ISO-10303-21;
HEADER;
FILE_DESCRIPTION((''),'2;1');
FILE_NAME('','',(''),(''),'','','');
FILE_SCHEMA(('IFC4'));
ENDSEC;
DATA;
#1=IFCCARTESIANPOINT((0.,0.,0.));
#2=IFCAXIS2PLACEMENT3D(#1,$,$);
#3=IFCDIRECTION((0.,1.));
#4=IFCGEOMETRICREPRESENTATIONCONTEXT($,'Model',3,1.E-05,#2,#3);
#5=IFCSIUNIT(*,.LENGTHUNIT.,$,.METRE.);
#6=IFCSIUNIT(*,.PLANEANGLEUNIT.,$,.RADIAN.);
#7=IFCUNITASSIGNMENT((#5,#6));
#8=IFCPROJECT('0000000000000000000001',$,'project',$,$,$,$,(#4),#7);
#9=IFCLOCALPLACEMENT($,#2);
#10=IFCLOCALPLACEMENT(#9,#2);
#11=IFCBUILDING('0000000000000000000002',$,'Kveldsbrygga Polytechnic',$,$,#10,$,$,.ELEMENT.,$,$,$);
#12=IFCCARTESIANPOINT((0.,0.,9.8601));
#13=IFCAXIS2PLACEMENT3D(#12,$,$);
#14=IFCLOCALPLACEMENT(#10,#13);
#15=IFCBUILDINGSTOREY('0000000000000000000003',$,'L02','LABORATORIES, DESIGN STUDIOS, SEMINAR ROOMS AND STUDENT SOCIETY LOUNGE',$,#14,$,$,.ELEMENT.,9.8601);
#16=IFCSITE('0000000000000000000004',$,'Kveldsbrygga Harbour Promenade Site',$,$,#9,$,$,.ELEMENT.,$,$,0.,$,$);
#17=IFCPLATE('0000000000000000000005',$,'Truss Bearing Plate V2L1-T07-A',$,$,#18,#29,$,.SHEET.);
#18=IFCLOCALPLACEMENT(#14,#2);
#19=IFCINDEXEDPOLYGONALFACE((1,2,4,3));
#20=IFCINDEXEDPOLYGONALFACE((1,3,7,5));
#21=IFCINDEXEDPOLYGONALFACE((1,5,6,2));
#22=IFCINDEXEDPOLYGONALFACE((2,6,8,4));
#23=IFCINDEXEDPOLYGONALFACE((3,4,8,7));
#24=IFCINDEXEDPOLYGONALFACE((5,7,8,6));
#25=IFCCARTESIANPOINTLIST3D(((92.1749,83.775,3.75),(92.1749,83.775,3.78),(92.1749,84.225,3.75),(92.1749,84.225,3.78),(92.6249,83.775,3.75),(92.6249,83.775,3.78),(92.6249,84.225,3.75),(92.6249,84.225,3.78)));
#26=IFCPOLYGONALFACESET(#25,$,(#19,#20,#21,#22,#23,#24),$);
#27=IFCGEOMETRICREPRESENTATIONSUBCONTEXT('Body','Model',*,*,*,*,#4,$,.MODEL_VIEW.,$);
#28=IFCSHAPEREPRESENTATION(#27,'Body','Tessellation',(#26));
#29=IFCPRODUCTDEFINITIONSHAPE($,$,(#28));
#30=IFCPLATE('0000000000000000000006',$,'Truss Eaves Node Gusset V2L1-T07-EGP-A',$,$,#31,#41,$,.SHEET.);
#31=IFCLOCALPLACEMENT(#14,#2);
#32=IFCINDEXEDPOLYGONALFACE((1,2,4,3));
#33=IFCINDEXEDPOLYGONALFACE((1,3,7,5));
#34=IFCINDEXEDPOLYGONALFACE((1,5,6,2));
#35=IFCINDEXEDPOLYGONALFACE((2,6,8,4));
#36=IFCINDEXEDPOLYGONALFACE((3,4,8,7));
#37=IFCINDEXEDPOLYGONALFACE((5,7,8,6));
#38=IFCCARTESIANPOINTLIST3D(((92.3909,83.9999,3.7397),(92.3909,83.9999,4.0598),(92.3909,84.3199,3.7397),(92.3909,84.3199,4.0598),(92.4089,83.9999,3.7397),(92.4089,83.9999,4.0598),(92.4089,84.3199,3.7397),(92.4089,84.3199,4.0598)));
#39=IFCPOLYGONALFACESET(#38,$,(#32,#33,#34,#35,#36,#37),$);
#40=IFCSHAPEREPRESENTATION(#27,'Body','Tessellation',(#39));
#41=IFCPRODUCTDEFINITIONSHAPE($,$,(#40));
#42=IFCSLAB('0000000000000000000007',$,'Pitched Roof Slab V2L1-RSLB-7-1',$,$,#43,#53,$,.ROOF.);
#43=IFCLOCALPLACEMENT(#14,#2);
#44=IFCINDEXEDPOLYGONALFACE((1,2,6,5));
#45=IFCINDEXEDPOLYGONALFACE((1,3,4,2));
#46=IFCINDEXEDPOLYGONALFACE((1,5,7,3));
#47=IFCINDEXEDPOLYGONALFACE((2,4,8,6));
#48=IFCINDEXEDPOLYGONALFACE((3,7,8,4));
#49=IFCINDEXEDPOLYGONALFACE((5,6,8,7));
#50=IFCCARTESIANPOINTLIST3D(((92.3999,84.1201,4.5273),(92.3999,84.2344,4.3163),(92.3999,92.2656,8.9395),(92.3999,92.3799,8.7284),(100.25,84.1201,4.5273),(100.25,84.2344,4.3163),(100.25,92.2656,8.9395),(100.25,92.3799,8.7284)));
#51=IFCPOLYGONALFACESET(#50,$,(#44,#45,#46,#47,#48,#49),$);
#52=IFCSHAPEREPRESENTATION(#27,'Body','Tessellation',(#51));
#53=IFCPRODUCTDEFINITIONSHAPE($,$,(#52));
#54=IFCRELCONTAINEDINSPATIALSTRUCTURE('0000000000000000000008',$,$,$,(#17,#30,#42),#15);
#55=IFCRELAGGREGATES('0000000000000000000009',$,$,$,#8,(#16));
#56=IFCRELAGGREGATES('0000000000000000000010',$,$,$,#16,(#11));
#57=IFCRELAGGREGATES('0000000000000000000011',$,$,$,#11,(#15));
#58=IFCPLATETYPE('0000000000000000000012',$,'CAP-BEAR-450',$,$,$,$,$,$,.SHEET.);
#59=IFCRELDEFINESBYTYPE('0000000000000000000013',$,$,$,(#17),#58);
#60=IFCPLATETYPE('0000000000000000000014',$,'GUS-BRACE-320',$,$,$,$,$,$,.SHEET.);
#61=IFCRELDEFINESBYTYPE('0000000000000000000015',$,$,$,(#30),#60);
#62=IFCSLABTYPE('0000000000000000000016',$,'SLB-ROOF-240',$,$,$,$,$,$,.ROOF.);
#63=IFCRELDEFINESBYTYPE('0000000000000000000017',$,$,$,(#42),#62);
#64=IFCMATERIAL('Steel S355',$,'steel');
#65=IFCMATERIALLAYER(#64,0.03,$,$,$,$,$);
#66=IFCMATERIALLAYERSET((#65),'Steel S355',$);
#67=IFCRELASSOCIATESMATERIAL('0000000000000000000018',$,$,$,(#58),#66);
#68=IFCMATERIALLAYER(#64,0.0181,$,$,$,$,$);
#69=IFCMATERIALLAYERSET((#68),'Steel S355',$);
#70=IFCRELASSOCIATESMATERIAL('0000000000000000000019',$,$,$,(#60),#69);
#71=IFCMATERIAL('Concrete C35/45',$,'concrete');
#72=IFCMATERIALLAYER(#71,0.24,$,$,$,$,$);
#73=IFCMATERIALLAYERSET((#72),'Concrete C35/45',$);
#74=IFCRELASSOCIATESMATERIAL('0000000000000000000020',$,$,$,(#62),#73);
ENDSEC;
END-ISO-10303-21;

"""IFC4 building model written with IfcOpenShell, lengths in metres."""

from ifc_helpers import new_model, si_unit, direction, frame, origin, origin_2d, place, context, subcontext, project, spatial, polyline, rectangle, outline, extrude, material, layer, layer_set, type_object, element, save


model = new_model("IFC4")

# Units and contexts
model_context = context("Model", 3, precision=1e-05, world=origin(), true_north=direction((0.0, 1.0)))
body_context = subcontext(model_context, "Body", "Model", "MODEL_VIEW")
ifc_project = project(units=[si_unit("LENGTHUNIT", "METRE"), si_unit("PLANEANGLEUNIT", "RADIAN")], contexts=[model_context])

# Site, building, storey
site_placement = place(None, origin())
site = spatial("IfcSite", under=ifc_project, at=site_placement, Name="Kveldsbrygga Harbour Promenade Site", CompositionType="ELEMENT", RefElevation=0.0)
building_placement = place(site_placement, origin())
building = spatial("IfcBuilding", under=site, at=building_placement, Name="Kveldsbrygga Polytechnic", CompositionType="ELEMENT")
storey_placement = place(building_placement, frame((0.0, 0.0, 9.8601)))
storey = spatial("IfcBuildingStorey", under=building, at=storey_placement, Name="L02", Description="LABORATORIES, DESIGN STUDIOS, SEMINAR ROOMS AND STUDENT SOCIETY LOUNGE", CompositionType="ELEMENT", Elevation=9.8601)

# Shared definitions
ifc_material_1 = material(Name="Steel S355", Category="steel")

# Plates
ifc_layer_1 = layer(ifc_material_1, 0.03)
ifc_layer_set_1 = layer_set([ifc_layer_1], Name="Steel S355")
plate_type_1 = type_object("IfcPlateType", Name="CAP-BEAR-450", PredefinedType="SHEET", material=ifc_layer_set_1)
plate_1_placement = place(storey_placement, frame((92.3999, 84.0, 3.75), z_axis=(0.0, 0.0, 1.0), x_axis=(1.0, 0.0, 0.0)))
element("IfcPlate", 1, at=plate_1_placement, inside=storey, type_object=plate_type_1, Name="Truss Bearing Plate V2L1-T07-A", PredefinedType="SHEET", context=body_context, shape_type="SweptSolid", body=[
    extrude(rectangle(XDim=0.45, YDim=0.45, at=origin_2d()), origin(), (0.0, 0.0, 1.0), 0.03),
])
ifc_layer_2 = layer(ifc_material_1, 0.0181)
ifc_layer_set_2 = layer_set([ifc_layer_2], Name="Steel S355")
plate_type_2 = type_object("IfcPlateType", Name="GUS-BRACE-320", PredefinedType="SHEET", material=ifc_layer_set_2)
plate_2_placement = place(storey_placement, frame((92.3999, 84.1599, 3.7397), z_axis=(0.0, 0.0, 1.0), x_axis=(1.0, 0.0, 0.0)))
element("IfcPlate", 2, at=plate_2_placement, inside=storey, type_object=plate_type_2, Name="Truss Eaves Node Gusset V2L1-T07-EGP-A", PredefinedType="SHEET", context=body_context, shape_type="SweptSolid", body=[
    extrude(rectangle(XDim=0.0181, YDim=0.3201, at=origin_2d()), origin(), (0.0, 0.0, 1.0), 0.3201),
])

# Slab
ifc_material_2 = material(Name="Concrete C35/45", Category="concrete")
ifc_layer_3 = layer(ifc_material_2, 0.24)
ifc_layer_set_3 = layer_set([ifc_layer_3], Name="Concrete C35/45")
slab_type = type_object("IfcSlabType", Name="SLB-ROOF-240", PredefinedType="ROOF", material=ifc_layer_set_3)
slab_placement = place(storey_placement, frame((92.3999, 84.1201, 4.5273), z_axis=(0.0, -0.47628, 0.879294), x_axis=(1.0, 0.0, 0.0)))
element("IfcSlab", 3, at=slab_placement, inside=storey, type_object=slab_type, Name="Pitched Roof Slab V2L1-RSLB-7-1", PredefinedType="ROOF", context=body_context, shape_type="SweptSolid", body=[
    extrude(outline(polyline([(0.0, 0.0), (7.8501, 0.0), (7.8501, 9.2637), (0.0, 9.2637), (0.0, 0.0)])), origin(), (0.0, 0.0, -1.0), 0.24),
])

save(model, "model.ifc")
